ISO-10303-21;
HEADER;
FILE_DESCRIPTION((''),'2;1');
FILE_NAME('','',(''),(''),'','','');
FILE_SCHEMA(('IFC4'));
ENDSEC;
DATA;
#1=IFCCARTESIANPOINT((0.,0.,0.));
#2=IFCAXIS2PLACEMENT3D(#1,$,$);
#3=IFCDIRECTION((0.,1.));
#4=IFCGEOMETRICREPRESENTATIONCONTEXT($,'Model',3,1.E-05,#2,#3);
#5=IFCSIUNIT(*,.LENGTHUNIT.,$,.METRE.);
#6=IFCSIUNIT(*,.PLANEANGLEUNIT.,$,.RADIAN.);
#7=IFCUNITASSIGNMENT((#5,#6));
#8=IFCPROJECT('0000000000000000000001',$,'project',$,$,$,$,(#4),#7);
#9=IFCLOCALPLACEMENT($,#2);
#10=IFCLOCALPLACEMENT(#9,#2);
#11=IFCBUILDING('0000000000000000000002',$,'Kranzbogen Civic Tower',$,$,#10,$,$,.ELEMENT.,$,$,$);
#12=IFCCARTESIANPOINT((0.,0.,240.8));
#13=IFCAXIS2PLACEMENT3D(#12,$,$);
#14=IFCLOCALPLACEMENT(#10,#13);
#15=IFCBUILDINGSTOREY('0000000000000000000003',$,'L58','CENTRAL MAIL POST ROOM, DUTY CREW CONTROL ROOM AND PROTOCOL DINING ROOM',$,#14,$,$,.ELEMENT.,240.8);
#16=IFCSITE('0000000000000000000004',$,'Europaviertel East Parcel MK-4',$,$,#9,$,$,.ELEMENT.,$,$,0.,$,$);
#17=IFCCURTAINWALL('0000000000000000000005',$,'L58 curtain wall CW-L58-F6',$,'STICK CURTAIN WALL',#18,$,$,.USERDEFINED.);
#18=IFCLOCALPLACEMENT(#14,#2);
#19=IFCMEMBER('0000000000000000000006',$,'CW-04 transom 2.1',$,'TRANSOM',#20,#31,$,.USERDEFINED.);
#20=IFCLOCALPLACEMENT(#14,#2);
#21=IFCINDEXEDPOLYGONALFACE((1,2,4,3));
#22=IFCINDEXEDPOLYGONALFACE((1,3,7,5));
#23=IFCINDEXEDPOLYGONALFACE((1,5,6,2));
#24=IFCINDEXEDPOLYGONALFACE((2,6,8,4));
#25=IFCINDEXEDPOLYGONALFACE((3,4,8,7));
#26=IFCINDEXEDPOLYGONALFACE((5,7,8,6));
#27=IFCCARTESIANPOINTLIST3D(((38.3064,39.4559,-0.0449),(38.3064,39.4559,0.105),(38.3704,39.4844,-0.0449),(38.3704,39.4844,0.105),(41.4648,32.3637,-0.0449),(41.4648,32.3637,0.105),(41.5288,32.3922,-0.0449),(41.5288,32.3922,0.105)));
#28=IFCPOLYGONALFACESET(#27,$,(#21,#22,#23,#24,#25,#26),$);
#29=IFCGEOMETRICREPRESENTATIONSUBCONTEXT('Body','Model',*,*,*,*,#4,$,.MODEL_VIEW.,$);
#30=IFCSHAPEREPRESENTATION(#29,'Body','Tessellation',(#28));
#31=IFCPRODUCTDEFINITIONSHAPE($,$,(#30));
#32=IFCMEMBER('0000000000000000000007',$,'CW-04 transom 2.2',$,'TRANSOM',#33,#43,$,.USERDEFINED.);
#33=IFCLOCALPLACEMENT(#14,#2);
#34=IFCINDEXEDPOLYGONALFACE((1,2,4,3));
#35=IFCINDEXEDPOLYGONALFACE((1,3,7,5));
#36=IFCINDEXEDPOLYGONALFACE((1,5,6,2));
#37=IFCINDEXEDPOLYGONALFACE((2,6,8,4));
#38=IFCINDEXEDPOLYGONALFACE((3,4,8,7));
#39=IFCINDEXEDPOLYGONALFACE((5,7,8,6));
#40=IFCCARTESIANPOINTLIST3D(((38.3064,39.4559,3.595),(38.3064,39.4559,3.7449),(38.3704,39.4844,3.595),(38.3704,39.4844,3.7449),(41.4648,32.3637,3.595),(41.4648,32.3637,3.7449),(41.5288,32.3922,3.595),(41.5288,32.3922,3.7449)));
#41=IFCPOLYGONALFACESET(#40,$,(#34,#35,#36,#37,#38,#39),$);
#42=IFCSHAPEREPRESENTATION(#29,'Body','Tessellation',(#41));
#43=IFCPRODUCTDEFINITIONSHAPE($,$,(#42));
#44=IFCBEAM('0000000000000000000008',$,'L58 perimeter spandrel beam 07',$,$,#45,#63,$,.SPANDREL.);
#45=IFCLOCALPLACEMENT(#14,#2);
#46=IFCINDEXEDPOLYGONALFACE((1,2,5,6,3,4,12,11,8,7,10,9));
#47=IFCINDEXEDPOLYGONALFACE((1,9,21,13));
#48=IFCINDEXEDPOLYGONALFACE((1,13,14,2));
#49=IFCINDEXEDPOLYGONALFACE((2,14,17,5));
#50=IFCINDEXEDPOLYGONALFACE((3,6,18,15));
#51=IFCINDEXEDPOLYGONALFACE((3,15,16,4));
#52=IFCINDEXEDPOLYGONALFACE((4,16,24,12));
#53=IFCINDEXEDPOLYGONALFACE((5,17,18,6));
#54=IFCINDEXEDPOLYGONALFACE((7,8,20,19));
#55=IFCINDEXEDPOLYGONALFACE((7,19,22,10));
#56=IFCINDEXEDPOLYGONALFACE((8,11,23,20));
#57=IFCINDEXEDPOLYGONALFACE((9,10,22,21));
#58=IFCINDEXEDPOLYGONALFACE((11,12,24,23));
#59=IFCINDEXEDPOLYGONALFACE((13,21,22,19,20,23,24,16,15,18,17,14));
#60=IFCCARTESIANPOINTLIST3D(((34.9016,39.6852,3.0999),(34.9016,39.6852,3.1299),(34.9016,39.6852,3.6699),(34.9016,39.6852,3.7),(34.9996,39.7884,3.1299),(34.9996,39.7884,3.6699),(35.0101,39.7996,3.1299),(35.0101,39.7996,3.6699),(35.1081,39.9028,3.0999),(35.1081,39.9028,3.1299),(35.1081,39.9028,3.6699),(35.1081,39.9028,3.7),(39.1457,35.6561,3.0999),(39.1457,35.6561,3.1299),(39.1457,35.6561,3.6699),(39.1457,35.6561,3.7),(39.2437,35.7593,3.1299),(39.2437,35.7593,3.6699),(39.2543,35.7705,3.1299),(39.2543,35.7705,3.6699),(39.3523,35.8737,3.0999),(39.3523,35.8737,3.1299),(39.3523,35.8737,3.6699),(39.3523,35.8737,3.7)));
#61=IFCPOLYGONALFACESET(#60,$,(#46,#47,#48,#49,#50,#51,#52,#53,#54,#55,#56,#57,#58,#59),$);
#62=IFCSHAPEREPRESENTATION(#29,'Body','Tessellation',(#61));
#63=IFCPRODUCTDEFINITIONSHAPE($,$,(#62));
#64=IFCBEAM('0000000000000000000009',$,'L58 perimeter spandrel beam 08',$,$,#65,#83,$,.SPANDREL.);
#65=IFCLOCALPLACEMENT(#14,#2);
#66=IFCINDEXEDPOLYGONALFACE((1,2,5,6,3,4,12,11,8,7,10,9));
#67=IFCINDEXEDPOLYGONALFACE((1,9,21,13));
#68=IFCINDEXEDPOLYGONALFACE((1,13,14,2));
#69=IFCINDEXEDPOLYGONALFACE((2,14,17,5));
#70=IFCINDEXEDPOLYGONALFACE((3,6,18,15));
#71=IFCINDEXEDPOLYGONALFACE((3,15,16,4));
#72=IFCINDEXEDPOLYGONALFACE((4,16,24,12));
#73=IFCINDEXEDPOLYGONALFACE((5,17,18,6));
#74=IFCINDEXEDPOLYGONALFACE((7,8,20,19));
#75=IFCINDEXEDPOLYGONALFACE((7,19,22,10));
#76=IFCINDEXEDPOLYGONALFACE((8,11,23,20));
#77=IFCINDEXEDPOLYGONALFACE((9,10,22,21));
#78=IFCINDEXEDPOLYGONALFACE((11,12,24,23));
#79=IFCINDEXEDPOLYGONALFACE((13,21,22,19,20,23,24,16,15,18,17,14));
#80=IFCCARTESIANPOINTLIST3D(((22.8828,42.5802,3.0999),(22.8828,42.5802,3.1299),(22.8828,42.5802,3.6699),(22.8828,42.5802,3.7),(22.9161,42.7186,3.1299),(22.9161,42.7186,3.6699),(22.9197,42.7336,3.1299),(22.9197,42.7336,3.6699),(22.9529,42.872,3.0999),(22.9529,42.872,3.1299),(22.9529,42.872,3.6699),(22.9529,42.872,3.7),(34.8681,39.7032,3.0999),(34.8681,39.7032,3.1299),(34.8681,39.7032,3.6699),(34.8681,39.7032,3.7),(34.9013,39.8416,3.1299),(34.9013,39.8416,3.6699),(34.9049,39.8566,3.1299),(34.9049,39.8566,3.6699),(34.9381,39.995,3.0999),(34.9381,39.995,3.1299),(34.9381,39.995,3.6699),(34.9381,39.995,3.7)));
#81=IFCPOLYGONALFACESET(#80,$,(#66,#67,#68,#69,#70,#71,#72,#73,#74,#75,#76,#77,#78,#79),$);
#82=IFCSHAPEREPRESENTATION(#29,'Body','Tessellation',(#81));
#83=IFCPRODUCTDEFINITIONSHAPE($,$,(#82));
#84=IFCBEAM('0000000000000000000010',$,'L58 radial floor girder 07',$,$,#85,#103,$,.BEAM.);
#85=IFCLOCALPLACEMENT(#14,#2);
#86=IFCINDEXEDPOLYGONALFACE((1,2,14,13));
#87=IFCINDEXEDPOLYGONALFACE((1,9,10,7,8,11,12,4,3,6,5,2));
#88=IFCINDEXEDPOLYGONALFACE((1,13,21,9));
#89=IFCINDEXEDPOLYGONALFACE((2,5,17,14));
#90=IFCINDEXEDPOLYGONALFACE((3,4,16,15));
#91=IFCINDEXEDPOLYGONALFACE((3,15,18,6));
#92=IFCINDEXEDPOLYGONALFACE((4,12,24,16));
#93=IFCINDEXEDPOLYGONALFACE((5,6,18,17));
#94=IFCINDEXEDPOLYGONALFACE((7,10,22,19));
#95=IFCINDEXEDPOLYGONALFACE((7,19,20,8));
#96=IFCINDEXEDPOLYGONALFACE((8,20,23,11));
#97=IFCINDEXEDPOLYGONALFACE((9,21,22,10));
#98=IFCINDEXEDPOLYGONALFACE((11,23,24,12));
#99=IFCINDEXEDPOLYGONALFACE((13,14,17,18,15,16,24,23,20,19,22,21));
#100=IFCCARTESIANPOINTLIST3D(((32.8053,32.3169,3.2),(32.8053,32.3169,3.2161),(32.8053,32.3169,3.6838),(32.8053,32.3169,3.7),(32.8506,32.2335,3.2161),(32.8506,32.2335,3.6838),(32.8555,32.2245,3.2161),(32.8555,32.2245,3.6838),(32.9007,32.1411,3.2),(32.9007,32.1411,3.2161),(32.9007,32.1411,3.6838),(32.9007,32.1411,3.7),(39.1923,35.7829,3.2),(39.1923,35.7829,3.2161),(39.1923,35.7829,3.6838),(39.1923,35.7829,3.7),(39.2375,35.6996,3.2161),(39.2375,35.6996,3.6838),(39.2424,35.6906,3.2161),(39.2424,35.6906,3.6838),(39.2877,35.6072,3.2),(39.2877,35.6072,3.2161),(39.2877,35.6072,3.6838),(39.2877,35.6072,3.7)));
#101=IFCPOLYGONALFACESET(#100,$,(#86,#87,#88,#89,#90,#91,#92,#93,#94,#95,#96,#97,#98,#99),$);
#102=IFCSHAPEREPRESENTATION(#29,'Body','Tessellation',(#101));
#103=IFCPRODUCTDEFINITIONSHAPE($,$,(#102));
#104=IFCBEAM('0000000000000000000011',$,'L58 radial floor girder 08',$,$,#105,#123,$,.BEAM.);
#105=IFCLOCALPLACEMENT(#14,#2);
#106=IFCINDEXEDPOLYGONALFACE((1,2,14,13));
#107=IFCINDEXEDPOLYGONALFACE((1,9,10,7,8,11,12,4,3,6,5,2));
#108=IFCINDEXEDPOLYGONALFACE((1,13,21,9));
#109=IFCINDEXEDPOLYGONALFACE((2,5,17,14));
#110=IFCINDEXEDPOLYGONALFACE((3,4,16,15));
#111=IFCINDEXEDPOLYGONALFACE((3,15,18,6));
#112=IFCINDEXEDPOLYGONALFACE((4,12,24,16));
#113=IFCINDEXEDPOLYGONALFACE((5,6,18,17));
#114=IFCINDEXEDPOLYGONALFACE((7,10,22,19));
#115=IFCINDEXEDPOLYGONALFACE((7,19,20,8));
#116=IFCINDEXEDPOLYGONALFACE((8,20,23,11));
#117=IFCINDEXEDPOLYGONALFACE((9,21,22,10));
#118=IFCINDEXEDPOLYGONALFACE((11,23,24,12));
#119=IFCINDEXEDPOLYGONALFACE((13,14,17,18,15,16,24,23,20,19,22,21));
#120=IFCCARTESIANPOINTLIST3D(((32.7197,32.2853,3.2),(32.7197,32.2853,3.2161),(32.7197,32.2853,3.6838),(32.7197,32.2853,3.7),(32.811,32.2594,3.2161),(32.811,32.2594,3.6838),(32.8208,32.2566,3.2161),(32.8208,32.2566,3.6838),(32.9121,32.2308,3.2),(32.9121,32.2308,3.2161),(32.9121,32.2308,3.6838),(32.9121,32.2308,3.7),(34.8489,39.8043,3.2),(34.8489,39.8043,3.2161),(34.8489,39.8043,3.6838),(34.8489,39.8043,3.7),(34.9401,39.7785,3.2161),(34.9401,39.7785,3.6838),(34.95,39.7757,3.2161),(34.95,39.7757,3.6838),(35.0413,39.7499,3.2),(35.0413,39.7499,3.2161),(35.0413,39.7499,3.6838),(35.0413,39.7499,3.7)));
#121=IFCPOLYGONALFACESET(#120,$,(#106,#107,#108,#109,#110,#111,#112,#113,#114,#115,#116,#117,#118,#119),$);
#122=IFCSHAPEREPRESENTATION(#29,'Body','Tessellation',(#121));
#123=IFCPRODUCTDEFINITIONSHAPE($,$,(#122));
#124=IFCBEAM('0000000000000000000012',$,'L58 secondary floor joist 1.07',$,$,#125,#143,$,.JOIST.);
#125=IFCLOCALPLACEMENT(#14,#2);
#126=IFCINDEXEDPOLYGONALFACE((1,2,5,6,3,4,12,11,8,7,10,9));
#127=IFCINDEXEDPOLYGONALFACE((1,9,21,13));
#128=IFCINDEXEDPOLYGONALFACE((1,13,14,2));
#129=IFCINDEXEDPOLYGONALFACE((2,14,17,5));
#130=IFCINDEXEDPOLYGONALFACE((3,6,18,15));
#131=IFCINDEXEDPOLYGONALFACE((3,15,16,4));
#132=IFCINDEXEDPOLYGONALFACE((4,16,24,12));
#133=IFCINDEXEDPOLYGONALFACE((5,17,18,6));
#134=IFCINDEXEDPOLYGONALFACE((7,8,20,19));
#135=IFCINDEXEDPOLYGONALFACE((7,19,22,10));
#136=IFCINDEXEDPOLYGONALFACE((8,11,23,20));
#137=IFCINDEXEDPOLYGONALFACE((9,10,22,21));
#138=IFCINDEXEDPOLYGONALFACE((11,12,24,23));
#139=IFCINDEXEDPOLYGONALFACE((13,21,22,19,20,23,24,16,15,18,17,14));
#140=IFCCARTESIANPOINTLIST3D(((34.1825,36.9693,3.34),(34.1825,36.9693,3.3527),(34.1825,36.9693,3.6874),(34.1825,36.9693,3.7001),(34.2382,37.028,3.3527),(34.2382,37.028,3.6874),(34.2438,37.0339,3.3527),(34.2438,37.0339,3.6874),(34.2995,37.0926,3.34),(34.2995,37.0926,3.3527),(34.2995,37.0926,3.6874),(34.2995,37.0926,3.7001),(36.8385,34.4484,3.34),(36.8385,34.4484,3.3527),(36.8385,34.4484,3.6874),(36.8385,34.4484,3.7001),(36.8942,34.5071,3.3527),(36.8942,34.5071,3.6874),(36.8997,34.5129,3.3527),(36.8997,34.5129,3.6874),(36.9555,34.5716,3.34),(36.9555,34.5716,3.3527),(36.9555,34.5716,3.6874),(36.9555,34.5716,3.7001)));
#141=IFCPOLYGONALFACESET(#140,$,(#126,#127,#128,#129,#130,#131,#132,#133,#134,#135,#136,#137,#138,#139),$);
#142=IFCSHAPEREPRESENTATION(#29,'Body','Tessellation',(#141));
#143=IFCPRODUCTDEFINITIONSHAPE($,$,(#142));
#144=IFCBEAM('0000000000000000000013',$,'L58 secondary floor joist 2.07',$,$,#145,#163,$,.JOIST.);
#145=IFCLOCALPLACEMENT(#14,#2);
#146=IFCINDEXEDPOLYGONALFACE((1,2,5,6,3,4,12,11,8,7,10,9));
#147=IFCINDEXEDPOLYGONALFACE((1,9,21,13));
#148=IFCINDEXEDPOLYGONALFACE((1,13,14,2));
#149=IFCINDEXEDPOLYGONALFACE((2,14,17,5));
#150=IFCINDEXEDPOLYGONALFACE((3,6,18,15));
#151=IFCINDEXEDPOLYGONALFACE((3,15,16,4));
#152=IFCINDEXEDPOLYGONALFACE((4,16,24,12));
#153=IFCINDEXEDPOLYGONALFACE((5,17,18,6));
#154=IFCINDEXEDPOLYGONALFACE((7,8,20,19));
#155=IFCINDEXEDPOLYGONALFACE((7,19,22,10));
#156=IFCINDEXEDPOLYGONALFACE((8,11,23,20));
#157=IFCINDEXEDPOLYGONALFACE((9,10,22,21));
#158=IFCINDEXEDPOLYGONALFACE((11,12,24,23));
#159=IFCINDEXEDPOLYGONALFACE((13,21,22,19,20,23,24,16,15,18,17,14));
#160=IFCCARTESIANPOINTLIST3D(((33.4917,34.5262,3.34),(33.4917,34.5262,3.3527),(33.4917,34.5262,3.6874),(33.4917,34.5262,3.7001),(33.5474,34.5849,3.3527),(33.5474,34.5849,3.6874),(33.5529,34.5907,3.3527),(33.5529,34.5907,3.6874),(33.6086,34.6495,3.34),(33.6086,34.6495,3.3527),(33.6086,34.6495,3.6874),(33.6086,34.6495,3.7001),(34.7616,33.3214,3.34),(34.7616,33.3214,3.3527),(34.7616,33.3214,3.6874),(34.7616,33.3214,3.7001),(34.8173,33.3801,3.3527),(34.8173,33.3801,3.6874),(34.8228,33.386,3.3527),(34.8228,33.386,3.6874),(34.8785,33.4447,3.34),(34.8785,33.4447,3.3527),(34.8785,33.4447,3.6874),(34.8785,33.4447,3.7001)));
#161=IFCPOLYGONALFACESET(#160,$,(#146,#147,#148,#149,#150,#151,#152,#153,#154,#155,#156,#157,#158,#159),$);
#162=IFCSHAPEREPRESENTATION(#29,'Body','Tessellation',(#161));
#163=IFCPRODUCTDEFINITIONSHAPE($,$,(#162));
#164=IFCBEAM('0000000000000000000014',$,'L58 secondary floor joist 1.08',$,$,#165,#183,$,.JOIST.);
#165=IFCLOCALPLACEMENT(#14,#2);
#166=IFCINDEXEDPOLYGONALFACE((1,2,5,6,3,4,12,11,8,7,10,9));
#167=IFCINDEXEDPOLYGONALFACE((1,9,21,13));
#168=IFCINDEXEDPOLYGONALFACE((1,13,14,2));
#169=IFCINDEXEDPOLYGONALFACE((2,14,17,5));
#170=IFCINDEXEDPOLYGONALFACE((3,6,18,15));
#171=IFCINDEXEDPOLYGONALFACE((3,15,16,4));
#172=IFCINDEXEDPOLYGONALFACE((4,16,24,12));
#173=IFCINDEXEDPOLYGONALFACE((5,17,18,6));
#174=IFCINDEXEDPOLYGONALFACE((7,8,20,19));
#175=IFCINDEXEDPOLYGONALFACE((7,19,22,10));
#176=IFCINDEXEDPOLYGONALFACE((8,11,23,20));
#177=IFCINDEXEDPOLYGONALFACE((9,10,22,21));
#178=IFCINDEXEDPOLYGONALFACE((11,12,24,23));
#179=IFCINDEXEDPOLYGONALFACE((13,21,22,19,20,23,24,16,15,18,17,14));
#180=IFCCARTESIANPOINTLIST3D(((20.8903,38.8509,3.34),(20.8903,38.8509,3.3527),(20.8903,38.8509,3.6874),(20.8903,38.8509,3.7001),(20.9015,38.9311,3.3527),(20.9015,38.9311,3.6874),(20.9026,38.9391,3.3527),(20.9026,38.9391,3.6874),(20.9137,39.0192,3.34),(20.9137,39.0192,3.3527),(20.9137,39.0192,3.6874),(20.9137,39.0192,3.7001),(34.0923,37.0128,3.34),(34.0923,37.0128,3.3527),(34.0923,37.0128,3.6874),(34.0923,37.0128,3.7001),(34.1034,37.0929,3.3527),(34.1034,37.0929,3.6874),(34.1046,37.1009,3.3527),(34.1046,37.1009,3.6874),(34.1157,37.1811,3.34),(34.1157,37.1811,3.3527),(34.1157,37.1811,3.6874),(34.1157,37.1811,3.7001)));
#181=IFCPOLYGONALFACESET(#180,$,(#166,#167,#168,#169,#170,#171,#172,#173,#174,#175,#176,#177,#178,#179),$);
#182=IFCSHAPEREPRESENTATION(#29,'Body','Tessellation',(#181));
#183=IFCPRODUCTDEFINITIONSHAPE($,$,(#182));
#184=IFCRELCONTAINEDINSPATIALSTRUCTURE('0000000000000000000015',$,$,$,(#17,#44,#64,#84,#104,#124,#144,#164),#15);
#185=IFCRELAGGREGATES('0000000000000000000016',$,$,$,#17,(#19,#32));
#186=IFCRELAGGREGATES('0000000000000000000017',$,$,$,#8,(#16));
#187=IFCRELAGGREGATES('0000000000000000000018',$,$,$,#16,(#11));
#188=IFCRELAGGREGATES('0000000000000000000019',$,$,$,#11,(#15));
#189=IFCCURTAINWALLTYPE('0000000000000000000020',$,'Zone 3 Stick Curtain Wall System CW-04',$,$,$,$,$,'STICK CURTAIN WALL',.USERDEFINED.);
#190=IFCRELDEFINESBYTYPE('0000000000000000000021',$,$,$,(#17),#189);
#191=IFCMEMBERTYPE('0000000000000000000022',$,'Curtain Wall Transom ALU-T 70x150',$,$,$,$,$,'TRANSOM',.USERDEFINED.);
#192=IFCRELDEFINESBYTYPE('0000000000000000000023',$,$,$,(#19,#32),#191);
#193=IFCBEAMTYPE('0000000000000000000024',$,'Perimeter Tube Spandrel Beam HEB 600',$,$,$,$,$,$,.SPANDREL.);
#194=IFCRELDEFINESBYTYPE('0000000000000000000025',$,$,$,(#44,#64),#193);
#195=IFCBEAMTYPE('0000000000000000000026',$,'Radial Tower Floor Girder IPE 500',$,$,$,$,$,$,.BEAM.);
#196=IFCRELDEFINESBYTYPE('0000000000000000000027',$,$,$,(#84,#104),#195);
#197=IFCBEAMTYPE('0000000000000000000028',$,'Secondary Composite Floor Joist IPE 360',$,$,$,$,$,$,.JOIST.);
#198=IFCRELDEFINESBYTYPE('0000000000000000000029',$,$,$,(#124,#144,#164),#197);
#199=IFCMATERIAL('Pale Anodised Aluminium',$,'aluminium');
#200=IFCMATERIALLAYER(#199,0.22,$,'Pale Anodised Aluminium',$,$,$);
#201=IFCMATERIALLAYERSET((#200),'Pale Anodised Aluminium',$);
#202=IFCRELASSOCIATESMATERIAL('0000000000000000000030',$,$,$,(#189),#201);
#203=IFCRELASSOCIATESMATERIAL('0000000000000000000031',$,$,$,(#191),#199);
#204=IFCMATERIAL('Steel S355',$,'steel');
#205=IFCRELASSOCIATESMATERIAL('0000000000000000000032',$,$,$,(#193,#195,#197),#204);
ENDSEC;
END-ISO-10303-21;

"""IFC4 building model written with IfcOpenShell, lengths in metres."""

from ifc_helpers import new_model, si_unit, direction, frame, origin, origin_2d, place, context, subcontext, project, spatial, rectangle, i_section, extrude, material, layer, layer_set, material_profile, profile_set, type_object, element, aggregate, save


model = new_model("IFC4")

# Units and contexts
model_context = context("Model", 3, precision=1e-05, world=origin(), true_north=direction((0.0, 1.0)))
body_context = subcontext(model_context, "Body", "Model", "MODEL_VIEW")
ifc_project = project(units=[si_unit("LENGTHUNIT", "METRE"), si_unit("PLANEANGLEUNIT", "RADIAN")], contexts=[model_context])

# Site, building, storey
site_placement = place(None, origin())
site = spatial("IfcSite", under=ifc_project, at=site_placement, Name="Europaviertel East Parcel MK-4", CompositionType="ELEMENT", RefElevation=0.0)
building_placement = place(site_placement, origin())
building = spatial("IfcBuilding", under=site, at=building_placement, Name="Kranzbogen Civic Tower", CompositionType="ELEMENT")
storey_placement = place(building_placement, frame((0.0, 0.0, 240.8)))
storey = spatial("IfcBuildingStorey", under=building, at=storey_placement, Name="L58", Description="CENTRAL MAIL POST ROOM, DUTY CREW CONTROL ROOM AND PROTOCOL DINING ROOM", CompositionType="ELEMENT", Elevation=240.8)

# Shared definitions
ifc_material_1 = material(Name="Steel S355", Category="steel")

# Shared definitions
ifc_material_2 = material(Name="Pale Anodised Aluminium", Category="aluminium")
ifc_layer_1 = layer(ifc_material_2, 0.22, Name="Pale Anodised Aluminium")
ifc_layer_set_1 = layer_set([ifc_layer_1], Name="Pale Anodised Aluminium")
curtain_wall_type = type_object("IfcCurtainWallType", Name="Zone 3 Stick Curtain Wall System CW-04", ElementType="STICK CURTAIN WALL", PredefinedType="USERDEFINED", material=ifc_layer_set_1)

# Curtain wall
curtain_wall_1_placement = place(storey_placement, origin())
curtain_wall_1 = element("IfcCurtainWall", 1, at=curtain_wall_1_placement, inside=storey, type_object=curtain_wall_type, Name="L58 curtain wall CW-L58-F6", ObjectType="STICK CURTAIN WALL", PredefinedType="USERDEFINED")

# Members
ifc_material_profile_1 = material_profile(ifc_material_2, rectangle(XDim=0.0701, YDim=0.1499, at=origin_2d()), Name="ALU-T 70x150")
ifc_profile_set_1 = profile_set([ifc_material_profile_1], Name="Pale Anodised Aluminium")
member_type_1 = type_object("IfcMemberType", Name="Curtain Wall Transom ALU-T 70x150", ElementType="TRANSOM", PredefinedType="USERDEFINED", material=ifc_profile_set_1)
member_1_placement = place(storey_placement, frame((41.4968, 32.3779, 0.03), z_axis=(-0.406818, 0.913509, 0.0), x_axis=(-0.913509, -0.406818, 0.0)))
member_1 = element("IfcMember", 2, at=member_1_placement, type_object=member_type_1, Name="CW-04 transom 2.1", ObjectType="TRANSOM", PredefinedType="USERDEFINED", context=body_context, shape_type="SweptSolid", body=[
    extrude(rectangle(XDim=0.0701, YDim=0.1499, at=origin_2d()), origin(), (0.0, 0.0, 1.0), 7.7637),
])
member_2_placement = place(storey_placement, frame((41.4968, 32.3779, 3.6699), z_axis=(-0.406818, 0.913509, 0.0), x_axis=(-0.913509, -0.406818, 0.0)))
member_2 = element("IfcMember", 3, at=member_2_placement, type_object=member_type_1, Name="CW-04 transom 2.2", ObjectType="TRANSOM", PredefinedType="USERDEFINED", context=body_context, shape_type="SweptSolid", body=[
    extrude(rectangle(XDim=0.0701, YDim=0.1499, at=origin_2d()), origin(), (0.0, 0.0, 1.0), 7.7637),
])

# Beams
ifc_material_profile_2 = material_profile(ifc_material_1, i_section(OverallWidth=0.3, OverallDepth=0.6001, WebThickness=0.0154, FlangeThickness=0.03, at=origin_2d()), Name="HEB 600")
ifc_profile_set_2 = profile_set([ifc_material_profile_2], Name="Steel S355")
beam_type_1 = type_object("IfcBeamType", Name="Perimeter Tube Spandrel Beam HEB 600", PredefinedType="SPANDREL", material=ifc_profile_set_2)
beam_1_placement = place(storey_placement, frame((39.249, 35.7649, 3.3999), z_axis=(-0.725245, 0.688491, 0.0), x_axis=(-0.688491, -0.725245, 0.0)))
element("IfcBeam", 4, at=beam_1_placement, inside=storey, type_object=beam_type_1, Name="L58 perimeter spandrel beam 07", PredefinedType="SPANDREL", context=body_context, shape_type="SweptSolid", body=[
    extrude(i_section(OverallWidth=0.3, OverallDepth=0.6001, WebThickness=0.0154, FlangeThickness=0.03, at=origin_2d()), origin(), (0.0, 0.0, 1.0), 5.8521),
])
beam_2_placement = place(storey_placement, frame((34.9031, 39.8491, 3.3999), z_axis=(-0.972378, 0.233413, 0.0), x_axis=(-0.233413, -0.972378, 0.0)))
element("IfcBeam", 5, at=beam_2_placement, inside=storey, type_object=beam_type_1, Name="L58 perimeter spandrel beam 08", PredefinedType="SPANDREL", context=body_context, shape_type="SweptSolid", body=[
    extrude(i_section(OverallWidth=0.3, OverallDepth=0.6001, WebThickness=0.0154, FlangeThickness=0.03, at=origin_2d()), origin(), (0.0, 0.0, 1.0), 12.3257),
])
ifc_material_profile_3 = material_profile(ifc_material_1, i_section(OverallWidth=0.2, OverallDepth=0.5, WebThickness=0.0103, FlangeThickness=0.0161, at=origin_2d()), Name="IPE 500")
ifc_profile_set_3 = profile_set([ifc_material_profile_3], Name="Steel S355")
beam_type_2 = type_object("IfcBeamType", Name="Radial Tower Floor Girder IPE 500", PredefinedType="BEAM", material=ifc_profile_set_3)
beam_3_placement = place(storey_placement, frame((39.24, 35.6951, 3.45), z_axis=(-0.878919, -0.47697, 0.0), x_axis=(0.47697, -0.878919, 0.0)))
element("IfcBeam", 6, at=beam_3_placement, inside=storey, type_object=beam_type_2, Name="L58 radial floor girder 07", PredefinedType="BEAM", context=body_context, shape_type="SweptSolid", body=[
    extrude(i_section(OverallWidth=0.2, OverallDepth=0.5, WebThickness=0.0103, FlangeThickness=0.0161, at=origin_2d()), origin(), (0.0, 0.0, 1.0), 7.2668),
])
beam_4_placement = place(storey_placement, frame((34.9451, 39.7771, 3.45), z_axis=(-0.272455, -0.962169, 0.0), x_axis=(0.962169, -0.272455, 0.0)))
element("IfcBeam", 7, at=beam_4_placement, inside=storey, type_object=beam_type_2, Name="L58 radial floor girder 08", PredefinedType="BEAM", context=body_context, shape_type="SweptSolid", body=[
    extrude(i_section(OverallWidth=0.2, OverallDepth=0.5, WebThickness=0.0103, FlangeThickness=0.0161, at=origin_2d()), origin(), (0.0, 0.0, 1.0), 7.8147),
])
ifc_material_profile_4 = material_profile(ifc_material_1, i_section(OverallWidth=0.1699, OverallDepth=0.3601, WebThickness=0.0081, FlangeThickness=0.0127, at=origin_2d()), Name="IPE 360")
ifc_profile_set_4 = profile_set([ifc_material_profile_4], Name="Steel S355")
beam_type_3 = type_object("IfcBeamType", Name="Secondary Composite Floor Joist IPE 360", PredefinedType="JOIST", material=ifc_profile_set_4)
beam_5_placement = place(storey_placement, frame((36.897, 34.51, 3.52), z_axis=(-0.725301, 0.688432, 0.0), x_axis=(-0.688432, -0.725301, 0.0)))
element("IfcBeam", 8, at=beam_5_placement, inside=storey, type_object=beam_type_3, Name="L58 secondary floor joist 1.07", PredefinedType="JOIST", context=body_context, shape_type="SweptSolid", body=[
    extrude(i_section(OverallWidth=0.1699, OverallDepth=0.3601, WebThickness=0.0081, FlangeThickness=0.0127, at=origin_2d()), origin(), (0.0, 0.0, 1.0), 3.6619),
])
beam_6_placement = place(storey_placement, frame((34.8201, 33.3831, 3.52), z_axis=(-0.72548, 0.688243, 0.0), x_axis=(-0.688243, -0.72548, 0.0)))
element("IfcBeam", 9, at=beam_6_placement, inside=storey, type_object=beam_type_3, Name="L58 secondary floor joist 2.07", PredefinedType="JOIST", context=body_context, shape_type="SweptSolid", body=[
    extrude(i_section(OverallWidth=0.1699, OverallDepth=0.3601, WebThickness=0.0081, FlangeThickness=0.0127, at=origin_2d()), origin(), (0.0, 0.0, 1.0), 1.7505),
])
beam_7_placement = place(storey_placement, frame((34.104, 37.0969, 3.52), z_axis=(-0.990446, 0.137902, 0.0), x_axis=(-0.137902, -0.990446, 0.0)))
element("IfcBeam", 10, at=beam_7_placement, inside=storey, type_object=beam_type_3, Name="L58 secondary floor joist 1.08", PredefinedType="JOIST", context=body_context, shape_type="SweptSolid", body=[
    extrude(i_section(OverallWidth=0.1699, OverallDepth=0.3601, WebThickness=0.0081, FlangeThickness=0.0127, at=origin_2d()), origin(), (0.0, 0.0, 1.0), 13.3293),
])

aggregate(curtain_wall_1, [member_1, member_2])

save(model, "model.ifc")
